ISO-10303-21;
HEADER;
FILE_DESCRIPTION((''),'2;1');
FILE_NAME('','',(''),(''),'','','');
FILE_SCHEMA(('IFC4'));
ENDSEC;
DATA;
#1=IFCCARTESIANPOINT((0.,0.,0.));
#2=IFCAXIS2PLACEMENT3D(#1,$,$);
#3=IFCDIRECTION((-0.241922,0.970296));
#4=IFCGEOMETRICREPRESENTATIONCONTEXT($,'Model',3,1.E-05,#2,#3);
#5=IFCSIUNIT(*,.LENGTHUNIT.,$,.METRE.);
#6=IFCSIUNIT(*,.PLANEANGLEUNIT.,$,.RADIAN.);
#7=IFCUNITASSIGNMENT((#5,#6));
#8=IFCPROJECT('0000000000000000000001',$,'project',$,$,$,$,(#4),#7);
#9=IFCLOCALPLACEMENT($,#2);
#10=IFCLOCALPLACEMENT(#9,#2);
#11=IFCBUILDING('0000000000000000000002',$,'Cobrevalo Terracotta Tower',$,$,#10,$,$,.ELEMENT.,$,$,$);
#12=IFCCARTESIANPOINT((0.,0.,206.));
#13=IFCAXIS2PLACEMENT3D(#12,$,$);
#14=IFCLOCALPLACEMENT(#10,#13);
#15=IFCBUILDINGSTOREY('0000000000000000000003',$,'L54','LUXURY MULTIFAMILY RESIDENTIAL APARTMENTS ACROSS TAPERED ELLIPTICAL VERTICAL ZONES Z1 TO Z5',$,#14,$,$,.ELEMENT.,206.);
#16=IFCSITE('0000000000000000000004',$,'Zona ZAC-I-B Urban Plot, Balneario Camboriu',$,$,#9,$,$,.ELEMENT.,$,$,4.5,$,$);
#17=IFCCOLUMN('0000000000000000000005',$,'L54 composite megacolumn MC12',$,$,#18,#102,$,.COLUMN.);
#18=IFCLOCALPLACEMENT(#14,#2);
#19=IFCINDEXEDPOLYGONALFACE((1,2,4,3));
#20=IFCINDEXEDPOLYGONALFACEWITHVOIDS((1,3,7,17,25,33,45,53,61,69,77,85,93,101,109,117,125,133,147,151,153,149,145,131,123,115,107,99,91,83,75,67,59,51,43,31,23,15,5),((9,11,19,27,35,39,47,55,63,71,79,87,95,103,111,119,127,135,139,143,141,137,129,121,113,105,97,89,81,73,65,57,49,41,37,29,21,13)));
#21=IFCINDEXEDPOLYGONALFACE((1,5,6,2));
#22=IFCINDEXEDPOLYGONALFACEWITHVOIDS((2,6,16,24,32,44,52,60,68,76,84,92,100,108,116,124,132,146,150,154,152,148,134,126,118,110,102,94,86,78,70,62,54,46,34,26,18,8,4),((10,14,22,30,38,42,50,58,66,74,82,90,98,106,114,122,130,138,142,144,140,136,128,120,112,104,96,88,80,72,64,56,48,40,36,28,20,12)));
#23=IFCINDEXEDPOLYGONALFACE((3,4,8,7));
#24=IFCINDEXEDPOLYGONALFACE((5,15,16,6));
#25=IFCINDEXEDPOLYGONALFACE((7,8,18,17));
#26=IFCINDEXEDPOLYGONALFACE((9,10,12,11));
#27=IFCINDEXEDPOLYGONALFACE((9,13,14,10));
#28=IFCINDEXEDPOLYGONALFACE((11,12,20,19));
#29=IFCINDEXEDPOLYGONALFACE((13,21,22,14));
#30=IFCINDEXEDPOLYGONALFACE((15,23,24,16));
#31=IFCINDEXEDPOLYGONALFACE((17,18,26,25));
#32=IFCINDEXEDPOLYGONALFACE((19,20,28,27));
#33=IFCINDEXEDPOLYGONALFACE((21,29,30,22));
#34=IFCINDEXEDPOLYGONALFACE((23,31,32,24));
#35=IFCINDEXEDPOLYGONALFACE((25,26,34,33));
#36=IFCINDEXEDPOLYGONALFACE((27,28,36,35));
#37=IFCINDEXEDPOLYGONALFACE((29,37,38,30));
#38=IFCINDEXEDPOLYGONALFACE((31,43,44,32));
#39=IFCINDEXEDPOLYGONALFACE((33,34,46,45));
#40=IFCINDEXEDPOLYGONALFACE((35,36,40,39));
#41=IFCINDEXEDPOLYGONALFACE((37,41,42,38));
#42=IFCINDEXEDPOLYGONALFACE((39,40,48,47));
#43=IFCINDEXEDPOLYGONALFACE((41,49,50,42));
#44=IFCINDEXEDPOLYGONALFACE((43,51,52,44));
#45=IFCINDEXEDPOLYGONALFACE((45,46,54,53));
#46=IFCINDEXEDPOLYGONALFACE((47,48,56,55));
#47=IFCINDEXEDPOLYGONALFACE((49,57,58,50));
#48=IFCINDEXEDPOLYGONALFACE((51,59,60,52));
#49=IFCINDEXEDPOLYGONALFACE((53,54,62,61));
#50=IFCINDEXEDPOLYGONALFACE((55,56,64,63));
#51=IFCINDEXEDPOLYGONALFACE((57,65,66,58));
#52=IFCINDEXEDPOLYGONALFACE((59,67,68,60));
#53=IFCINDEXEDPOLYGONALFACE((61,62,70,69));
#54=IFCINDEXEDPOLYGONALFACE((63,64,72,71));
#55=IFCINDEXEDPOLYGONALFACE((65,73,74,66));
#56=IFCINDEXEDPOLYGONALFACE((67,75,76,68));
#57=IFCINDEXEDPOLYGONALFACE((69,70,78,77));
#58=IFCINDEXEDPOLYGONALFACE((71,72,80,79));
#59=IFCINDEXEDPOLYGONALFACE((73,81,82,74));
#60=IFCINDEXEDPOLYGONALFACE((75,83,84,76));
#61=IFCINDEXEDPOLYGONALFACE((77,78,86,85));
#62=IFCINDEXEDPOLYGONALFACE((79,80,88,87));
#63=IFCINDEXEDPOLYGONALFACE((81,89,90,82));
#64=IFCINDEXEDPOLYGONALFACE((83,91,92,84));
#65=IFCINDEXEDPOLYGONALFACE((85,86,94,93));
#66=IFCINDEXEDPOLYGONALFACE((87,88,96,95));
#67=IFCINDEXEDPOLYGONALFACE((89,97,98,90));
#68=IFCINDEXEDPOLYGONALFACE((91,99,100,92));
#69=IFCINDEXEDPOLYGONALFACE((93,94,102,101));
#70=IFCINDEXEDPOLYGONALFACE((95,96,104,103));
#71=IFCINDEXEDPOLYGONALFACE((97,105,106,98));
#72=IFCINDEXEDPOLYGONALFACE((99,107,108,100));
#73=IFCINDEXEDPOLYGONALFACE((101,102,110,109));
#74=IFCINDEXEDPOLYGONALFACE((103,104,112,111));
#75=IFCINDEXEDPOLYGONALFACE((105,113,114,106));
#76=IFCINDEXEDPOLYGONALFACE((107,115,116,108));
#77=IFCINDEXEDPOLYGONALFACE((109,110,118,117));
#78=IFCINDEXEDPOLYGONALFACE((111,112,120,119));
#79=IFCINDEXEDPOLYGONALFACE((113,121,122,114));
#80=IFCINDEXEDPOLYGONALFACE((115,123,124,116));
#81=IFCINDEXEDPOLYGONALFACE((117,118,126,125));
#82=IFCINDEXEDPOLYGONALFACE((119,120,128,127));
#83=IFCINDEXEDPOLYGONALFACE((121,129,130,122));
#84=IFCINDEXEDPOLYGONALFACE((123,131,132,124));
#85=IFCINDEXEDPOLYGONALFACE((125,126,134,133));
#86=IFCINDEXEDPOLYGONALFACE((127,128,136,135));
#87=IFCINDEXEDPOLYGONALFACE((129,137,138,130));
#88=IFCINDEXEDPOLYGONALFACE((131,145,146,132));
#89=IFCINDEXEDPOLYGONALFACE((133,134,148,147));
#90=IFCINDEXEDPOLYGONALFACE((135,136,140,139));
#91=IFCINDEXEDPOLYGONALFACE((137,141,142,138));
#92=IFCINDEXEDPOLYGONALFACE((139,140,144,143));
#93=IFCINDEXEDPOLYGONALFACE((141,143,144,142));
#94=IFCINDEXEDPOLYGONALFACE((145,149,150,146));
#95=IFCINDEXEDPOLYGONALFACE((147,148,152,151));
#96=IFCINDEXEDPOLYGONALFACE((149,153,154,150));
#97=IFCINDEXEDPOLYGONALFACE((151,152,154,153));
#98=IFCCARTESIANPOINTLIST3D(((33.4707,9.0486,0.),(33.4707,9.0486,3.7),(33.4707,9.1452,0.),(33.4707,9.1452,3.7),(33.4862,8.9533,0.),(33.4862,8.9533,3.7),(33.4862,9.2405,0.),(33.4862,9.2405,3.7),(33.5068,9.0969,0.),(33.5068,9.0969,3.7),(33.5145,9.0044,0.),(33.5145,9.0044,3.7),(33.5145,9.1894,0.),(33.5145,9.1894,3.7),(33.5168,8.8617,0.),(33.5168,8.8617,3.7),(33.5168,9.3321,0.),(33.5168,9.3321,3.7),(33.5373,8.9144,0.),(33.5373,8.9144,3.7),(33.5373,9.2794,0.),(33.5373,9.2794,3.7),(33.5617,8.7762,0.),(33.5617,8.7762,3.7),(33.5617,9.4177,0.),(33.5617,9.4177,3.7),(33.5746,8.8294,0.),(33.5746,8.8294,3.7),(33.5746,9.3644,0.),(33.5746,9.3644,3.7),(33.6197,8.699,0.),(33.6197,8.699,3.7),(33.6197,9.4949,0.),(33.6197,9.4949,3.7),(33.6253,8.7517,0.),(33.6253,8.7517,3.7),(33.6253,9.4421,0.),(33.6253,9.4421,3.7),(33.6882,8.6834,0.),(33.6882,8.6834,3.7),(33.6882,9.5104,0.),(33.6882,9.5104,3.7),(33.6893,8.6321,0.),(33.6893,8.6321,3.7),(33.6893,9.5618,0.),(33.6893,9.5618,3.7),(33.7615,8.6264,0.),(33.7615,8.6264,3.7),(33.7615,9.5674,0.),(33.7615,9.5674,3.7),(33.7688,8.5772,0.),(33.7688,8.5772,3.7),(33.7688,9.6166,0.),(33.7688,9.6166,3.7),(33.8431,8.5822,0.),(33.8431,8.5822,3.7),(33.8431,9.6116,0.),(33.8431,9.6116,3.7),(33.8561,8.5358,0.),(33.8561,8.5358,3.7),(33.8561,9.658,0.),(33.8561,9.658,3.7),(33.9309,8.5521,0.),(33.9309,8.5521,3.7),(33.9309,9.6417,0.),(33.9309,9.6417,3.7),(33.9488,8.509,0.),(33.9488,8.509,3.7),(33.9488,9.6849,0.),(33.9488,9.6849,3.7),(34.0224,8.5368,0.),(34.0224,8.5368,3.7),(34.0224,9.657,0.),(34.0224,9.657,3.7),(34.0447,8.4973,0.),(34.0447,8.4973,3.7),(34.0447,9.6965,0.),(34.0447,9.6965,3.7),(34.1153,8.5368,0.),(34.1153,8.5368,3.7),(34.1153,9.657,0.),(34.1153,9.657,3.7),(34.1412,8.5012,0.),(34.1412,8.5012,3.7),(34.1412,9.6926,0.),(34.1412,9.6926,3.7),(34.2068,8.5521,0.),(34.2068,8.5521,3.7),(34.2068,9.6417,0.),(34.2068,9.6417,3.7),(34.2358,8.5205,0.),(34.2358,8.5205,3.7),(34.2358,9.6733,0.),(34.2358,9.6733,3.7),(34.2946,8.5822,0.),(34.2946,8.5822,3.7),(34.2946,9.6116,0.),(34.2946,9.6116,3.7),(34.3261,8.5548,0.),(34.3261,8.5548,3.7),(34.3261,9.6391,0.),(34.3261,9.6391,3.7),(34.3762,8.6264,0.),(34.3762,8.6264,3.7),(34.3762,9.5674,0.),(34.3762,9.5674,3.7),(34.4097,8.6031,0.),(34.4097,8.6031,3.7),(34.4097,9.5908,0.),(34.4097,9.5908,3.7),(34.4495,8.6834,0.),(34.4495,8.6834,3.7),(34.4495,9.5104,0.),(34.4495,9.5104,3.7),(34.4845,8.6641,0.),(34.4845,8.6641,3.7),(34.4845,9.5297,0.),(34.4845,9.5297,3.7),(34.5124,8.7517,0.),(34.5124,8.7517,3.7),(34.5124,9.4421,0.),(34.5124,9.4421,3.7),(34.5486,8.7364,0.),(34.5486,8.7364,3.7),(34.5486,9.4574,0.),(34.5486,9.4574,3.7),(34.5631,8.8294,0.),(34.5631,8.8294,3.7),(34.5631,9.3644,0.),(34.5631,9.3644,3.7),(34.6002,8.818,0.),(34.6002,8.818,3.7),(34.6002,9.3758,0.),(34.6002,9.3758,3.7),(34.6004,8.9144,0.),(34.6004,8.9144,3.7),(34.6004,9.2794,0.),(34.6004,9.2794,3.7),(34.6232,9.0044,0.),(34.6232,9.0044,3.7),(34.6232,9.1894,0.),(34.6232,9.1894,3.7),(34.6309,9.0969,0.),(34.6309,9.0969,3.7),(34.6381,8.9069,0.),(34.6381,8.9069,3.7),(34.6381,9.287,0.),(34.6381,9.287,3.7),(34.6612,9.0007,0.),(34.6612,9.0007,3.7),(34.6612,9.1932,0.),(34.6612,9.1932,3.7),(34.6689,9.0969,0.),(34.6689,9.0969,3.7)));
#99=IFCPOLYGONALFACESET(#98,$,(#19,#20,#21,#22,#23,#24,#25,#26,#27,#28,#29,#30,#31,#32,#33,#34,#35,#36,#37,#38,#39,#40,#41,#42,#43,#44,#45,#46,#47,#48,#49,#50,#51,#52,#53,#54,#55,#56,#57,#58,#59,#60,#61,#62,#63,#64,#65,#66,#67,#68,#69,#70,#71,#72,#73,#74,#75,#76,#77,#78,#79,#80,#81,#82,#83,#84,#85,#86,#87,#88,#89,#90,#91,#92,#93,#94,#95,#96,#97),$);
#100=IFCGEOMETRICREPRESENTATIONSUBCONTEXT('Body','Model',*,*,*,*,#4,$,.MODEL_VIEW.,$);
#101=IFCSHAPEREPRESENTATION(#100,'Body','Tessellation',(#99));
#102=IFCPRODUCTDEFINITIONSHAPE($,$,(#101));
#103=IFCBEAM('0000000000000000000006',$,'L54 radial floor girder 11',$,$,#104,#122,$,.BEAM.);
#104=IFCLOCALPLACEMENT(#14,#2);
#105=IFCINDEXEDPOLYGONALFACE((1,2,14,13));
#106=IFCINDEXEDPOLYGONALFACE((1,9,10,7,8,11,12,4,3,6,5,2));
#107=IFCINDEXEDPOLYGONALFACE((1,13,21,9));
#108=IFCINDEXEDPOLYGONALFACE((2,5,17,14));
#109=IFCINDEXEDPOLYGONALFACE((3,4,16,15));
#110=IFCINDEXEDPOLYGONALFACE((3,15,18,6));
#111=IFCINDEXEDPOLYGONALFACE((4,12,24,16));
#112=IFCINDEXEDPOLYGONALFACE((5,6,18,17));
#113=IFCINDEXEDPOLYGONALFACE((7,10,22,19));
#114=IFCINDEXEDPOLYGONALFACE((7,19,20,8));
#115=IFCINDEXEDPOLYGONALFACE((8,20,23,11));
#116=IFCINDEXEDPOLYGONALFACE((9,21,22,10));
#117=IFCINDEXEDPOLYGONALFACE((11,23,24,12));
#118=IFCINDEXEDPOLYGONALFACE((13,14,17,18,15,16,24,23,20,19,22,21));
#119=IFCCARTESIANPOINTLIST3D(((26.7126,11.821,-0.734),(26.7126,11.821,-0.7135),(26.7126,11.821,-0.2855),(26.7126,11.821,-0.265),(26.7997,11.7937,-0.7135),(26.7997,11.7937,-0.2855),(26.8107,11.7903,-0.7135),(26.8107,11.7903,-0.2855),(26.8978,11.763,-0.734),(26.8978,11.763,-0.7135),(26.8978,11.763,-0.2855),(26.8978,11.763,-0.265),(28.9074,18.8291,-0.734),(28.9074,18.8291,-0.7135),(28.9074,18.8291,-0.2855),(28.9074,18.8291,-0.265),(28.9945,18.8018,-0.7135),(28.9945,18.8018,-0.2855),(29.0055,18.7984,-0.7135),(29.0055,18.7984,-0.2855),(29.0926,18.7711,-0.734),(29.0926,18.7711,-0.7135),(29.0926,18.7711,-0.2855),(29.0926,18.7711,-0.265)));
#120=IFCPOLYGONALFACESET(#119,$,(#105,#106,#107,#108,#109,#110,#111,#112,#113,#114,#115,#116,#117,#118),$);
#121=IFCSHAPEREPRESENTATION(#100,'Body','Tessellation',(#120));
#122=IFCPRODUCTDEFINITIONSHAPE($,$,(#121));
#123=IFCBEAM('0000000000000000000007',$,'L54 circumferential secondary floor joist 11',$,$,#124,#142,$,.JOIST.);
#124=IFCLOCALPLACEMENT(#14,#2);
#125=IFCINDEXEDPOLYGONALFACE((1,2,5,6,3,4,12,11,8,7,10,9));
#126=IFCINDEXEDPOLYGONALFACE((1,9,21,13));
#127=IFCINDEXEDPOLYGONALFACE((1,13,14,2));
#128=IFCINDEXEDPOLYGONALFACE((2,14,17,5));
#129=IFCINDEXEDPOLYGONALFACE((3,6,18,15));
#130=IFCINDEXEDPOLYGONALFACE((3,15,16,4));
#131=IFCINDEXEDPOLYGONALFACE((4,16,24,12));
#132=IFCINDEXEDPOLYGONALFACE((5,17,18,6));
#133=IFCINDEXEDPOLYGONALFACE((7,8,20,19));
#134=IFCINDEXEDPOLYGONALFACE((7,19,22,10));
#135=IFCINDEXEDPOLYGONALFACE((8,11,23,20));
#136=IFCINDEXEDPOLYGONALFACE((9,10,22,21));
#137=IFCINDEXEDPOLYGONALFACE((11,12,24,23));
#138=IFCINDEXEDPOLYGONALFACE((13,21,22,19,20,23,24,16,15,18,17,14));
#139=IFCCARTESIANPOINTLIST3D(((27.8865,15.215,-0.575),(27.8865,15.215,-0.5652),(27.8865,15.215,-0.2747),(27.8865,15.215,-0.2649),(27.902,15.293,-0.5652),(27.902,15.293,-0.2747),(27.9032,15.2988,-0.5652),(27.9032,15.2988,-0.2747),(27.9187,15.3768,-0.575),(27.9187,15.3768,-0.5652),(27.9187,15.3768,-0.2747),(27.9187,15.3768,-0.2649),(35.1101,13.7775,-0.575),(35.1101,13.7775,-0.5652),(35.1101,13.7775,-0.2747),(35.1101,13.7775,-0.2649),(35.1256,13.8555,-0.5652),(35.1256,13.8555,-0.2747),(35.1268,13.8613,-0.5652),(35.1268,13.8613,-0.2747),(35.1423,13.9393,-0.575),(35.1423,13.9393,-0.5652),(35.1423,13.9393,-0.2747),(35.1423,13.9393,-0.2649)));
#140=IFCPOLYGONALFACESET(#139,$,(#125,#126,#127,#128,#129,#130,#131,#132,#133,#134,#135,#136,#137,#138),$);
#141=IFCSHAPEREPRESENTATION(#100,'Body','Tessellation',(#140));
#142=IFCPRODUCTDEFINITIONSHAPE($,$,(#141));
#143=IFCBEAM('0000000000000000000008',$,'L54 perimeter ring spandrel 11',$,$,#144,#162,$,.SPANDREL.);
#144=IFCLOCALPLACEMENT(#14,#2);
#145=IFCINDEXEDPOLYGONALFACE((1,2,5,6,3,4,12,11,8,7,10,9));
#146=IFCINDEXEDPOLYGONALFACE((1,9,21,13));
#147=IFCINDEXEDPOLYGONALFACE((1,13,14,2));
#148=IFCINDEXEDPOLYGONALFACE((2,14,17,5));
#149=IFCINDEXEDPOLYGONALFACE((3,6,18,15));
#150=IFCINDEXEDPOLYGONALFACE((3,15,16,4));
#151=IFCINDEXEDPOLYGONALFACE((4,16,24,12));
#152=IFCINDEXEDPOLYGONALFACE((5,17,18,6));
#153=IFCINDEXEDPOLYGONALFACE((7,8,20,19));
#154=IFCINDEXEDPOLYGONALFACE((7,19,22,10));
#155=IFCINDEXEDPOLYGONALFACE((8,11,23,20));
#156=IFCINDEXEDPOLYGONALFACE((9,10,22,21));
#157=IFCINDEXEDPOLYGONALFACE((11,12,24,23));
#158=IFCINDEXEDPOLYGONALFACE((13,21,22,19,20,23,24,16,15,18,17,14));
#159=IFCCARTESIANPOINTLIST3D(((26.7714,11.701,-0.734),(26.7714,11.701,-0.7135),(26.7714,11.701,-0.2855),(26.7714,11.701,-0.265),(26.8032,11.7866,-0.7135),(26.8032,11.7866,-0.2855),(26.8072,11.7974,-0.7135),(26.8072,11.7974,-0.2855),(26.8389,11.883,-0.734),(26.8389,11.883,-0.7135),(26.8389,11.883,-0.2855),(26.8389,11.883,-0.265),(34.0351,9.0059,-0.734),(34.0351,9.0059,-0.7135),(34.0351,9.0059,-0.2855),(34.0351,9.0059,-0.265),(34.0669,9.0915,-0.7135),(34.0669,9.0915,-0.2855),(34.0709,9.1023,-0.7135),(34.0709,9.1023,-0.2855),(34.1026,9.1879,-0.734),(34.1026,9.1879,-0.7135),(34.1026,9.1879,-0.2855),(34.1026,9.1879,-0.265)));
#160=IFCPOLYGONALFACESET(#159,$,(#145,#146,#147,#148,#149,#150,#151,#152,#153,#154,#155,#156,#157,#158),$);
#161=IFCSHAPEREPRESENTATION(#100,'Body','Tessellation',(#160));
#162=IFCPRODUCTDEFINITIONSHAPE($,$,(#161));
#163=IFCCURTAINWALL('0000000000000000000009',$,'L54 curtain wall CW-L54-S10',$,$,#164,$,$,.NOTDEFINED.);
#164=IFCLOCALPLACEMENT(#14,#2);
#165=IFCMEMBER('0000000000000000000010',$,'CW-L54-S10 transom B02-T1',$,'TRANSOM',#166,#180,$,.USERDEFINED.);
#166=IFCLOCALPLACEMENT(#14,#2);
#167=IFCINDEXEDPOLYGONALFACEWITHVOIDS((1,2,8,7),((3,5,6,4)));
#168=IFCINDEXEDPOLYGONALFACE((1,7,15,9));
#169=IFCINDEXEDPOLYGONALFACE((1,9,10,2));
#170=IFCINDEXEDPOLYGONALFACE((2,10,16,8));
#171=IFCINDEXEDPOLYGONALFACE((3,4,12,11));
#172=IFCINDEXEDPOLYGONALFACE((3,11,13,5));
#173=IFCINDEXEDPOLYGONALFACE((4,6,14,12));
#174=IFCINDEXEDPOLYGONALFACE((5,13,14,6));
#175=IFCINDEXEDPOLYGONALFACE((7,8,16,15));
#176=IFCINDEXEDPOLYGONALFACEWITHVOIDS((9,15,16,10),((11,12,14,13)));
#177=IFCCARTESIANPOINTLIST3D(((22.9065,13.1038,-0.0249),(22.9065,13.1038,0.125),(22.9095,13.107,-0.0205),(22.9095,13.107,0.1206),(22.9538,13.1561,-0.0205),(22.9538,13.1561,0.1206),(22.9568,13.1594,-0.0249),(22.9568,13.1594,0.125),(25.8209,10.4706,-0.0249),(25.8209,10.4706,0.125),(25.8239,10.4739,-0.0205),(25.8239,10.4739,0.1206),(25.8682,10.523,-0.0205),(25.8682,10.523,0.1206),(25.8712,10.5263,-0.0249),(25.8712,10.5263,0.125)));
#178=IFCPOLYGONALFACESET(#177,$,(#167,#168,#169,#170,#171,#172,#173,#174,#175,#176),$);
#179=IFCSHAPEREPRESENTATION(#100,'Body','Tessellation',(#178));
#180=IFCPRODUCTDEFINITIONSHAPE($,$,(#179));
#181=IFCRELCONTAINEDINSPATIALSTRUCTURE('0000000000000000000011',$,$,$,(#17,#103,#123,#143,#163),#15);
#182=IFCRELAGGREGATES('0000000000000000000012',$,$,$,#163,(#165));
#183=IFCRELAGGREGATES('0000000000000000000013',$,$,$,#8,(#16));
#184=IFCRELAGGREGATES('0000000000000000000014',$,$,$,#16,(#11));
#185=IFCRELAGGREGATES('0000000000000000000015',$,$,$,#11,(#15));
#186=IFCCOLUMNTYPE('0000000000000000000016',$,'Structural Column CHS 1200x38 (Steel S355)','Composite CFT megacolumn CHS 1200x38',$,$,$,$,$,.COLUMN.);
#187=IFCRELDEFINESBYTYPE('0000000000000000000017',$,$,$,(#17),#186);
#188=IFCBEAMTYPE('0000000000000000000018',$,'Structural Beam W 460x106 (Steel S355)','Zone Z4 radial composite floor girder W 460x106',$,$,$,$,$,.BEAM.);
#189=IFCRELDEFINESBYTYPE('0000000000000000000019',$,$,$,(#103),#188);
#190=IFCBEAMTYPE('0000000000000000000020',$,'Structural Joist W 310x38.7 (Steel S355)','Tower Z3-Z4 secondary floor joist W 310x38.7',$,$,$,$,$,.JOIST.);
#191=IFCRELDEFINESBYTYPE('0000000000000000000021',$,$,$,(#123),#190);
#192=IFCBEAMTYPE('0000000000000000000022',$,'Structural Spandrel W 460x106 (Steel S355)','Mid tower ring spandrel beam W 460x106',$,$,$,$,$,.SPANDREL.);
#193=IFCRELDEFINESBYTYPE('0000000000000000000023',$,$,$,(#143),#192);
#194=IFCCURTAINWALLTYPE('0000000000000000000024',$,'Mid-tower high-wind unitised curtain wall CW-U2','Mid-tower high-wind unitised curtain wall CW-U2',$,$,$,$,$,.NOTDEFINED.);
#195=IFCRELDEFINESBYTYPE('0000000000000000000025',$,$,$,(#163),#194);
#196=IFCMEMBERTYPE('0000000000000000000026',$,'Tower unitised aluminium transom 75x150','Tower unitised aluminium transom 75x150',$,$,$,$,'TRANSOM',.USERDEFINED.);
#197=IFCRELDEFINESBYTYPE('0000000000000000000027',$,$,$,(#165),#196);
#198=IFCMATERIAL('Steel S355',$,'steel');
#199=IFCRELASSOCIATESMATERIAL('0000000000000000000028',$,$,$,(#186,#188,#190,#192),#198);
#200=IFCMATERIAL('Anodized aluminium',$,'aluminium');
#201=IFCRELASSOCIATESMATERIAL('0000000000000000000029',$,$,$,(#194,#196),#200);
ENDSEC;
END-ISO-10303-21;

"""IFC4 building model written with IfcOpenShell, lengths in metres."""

from ifc_helpers import new_model, si_unit, direction, frame, origin, origin_2d, place, context, subcontext, project, spatial, hollow_rectangle, hollow_circle, i_section, extrude, source, transform, mapped, material, material_profile, profile_set, type_object, element, aggregate, save


model = new_model("IFC4")

# Units and contexts
model_context = context("Model", 3, precision=1e-05, world=origin(), true_north=direction((-0.241922, 0.970296)))
body_context = subcontext(model_context, "Body", "Model", "MODEL_VIEW")
ifc_project = project(units=[si_unit("LENGTHUNIT", "METRE"), si_unit("PLANEANGLEUNIT", "RADIAN")], contexts=[model_context])

# Site, building, storey
site_placement = place(None, origin())
site = spatial("IfcSite", under=ifc_project, at=site_placement, Name="Zona ZAC-I-B Urban Plot, Balneario Camboriu", CompositionType="ELEMENT", RefElevation=4.5)
building_placement = place(site_placement, origin())
building = spatial("IfcBuilding", under=site, at=building_placement, Name="Cobrevalo Terracotta Tower", CompositionType="ELEMENT")
storey_placement = place(building_placement, frame((0.0, 0.0, 206.0)))
storey = spatial("IfcBuildingStorey", under=building, at=storey_placement, Name="L54", Description="LUXURY MULTIFAMILY RESIDENTIAL APARTMENTS ACROSS TAPERED ELLIPTICAL VERTICAL ZONES Z1 TO Z5", CompositionType="ELEMENT", Elevation=206.0)

# Column
ifc_material_1 = material(Name="Steel S355", Category="steel")
ifc_material_profile_1 = material_profile(ifc_material_1, hollow_circle(Radius=0.6001, WallThickness=0.0381, at=origin_2d()), Name="CHS 1200x38")
ifc_profile_set_1 = profile_set([ifc_material_profile_1], Name="Steel S355")
column_type = type_object("IfcColumnType", Name="Structural Column CHS 1200x38 (Steel S355)", Description="Composite CFT megacolumn CHS 1200x38", PredefinedType="COLUMN", material=ifc_profile_set_1)
for number, where, z_axis, x_axis, name in (
    (1, (34.0688, 9.0969, 0.0), (0.0, 0.0, 1.0), (1.0, 0.0, 0.0), "L54 composite megacolumn MC12"),
):
    element("IfcColumn", number, at=place(storey_placement, frame(where, z_axis=z_axis, x_axis=x_axis)), inside=storey, type_object=column_type, Name=name, PredefinedType="COLUMN", context=body_context, shape_type="SweptSolid", body=[
        extrude(hollow_circle(Radius=0.6001, WallThickness=0.0381, at=origin_2d()), origin(), (0.0, 0.0, 1.0), 3.7),
    ])

# Beams
ifc_material_profile_2 = material_profile(ifc_material_1, i_section(OverallWidth=0.1941, OverallDepth=0.469, WebThickness=0.0115, FlangeThickness=0.0205, at=origin_2d()), Name="W 460x106")
ifc_profile_set_2 = profile_set([ifc_material_profile_2], Name="Steel S355")
beam_type_1 = type_object("IfcBeamType", Name="Structural Beam W 460x106 (Steel S355)", Description="Zone Z4 radial composite floor girder W 460x106", PredefinedType="BEAM", material=ifc_profile_set_2)
beam_1_placement = place(storey_placement, frame((26.8052, 11.792, -0.4995), z_axis=(0.298871, 0.954293, 0.0), x_axis=(-0.954293, 0.298871, 0.0)))
element("IfcBeam", 2, at=beam_1_placement, inside=storey, type_object=beam_type_1, Name="L54 radial floor girder 11", PredefinedType="BEAM", context=body_context, shape_type="SweptSolid", body=[
    extrude(i_section(OverallWidth=0.1941, OverallDepth=0.469, WebThickness=0.0115, FlangeThickness=0.0205, at=origin_2d()), origin(), (0.0, 0.0, 1.0), 7.3438),
])
ifc_material_profile_3 = material_profile(ifc_material_1, i_section(OverallWidth=0.165, OverallDepth=0.3101, WebThickness=0.0059, FlangeThickness=0.0098, at=origin_2d()), Name="W 310x38.7")
ifc_profile_set_3 = profile_set([ifc_material_profile_3], Name="Steel S355")
beam_type_2 = type_object("IfcBeamType", Name="Structural Joist W 310x38.7 (Steel S355)", Description="Tower Z3-Z4 secondary floor joist W 310x38.7", PredefinedType="JOIST", material=ifc_profile_set_3)
beam_2_placement = place(storey_placement, frame((27.9026, 15.2959, -0.4199), z_axis=(0.980769, -0.195173, 0.0), x_axis=(0.195173, 0.980769, 0.0)))
element("IfcBeam", 3, at=beam_2_placement, inside=storey, type_object=beam_type_2, Name="L54 circumferential secondary floor joist 11", PredefinedType="JOIST", context=body_context, shape_type="SweptSolid", body=[
    extrude(i_section(OverallWidth=0.165, OverallDepth=0.3101, WebThickness=0.0059, FlangeThickness=0.0098, at=origin_2d()), origin(), (0.0, 0.0, 1.0), 7.3652),
])
ifc_material_profile_4 = material_profile(ifc_material_1, i_section(OverallWidth=0.1941, OverallDepth=0.469, WebThickness=0.0115, FlangeThickness=0.0205, at=origin_2d()), Name="W 460x106")
ifc_profile_set_4 = profile_set([ifc_material_profile_4], Name="Steel S355")
beam_type_3 = type_object("IfcBeamType", Name="Structural Spandrel W 460x106 (Steel S355)", Description="Mid tower ring spandrel beam W 460x106", PredefinedType="SPANDREL", material=ifc_profile_set_4)
beam_3_placement = place(storey_placement, frame((26.8052, 11.792, -0.4995), z_axis=(0.937546, -0.347861, 0.0), x_axis=(0.347861, 0.937546, 0.0)))
element("IfcBeam", 4, at=beam_3_placement, inside=storey, type_object=beam_type_3, Name="L54 perimeter ring spandrel 11", PredefinedType="SPANDREL", context=body_context, shape_type="SweptSolid", body=[
    extrude(i_section(OverallWidth=0.1941, OverallDepth=0.469, WebThickness=0.0115, FlangeThickness=0.0205, at=origin_2d()), origin(), (0.0, 0.0, 1.0), 7.7476),
])

# Curtain wall, member
ifc_material_2 = material(Name="Anodized aluminium", Category="aluminium")
curtain_wall_type = type_object("IfcCurtainWallType", Name="Mid-tower high-wind unitised curtain wall CW-U2", Description="Mid-tower high-wind unitised curtain wall CW-U2", PredefinedType="NOTDEFINED", material=ifc_material_2)
curtain_wall_placement = place(storey_placement, origin())
curtain_wall = element("IfcCurtainWall", 5, at=curtain_wall_placement, inside=storey, type_object=curtain_wall_type, Name="L54 curtain wall CW-L54-S10", PredefinedType="NOTDEFINED")
ifc_material_profile_5 = material_profile(ifc_material_2, hollow_rectangle(XDim=0.075, YDim=0.1499, WallThickness=0.0044, at=origin_2d()), Name="CWT 75x150")
ifc_profile_set_5 = profile_set([ifc_material_profile_5], Name="Anodized aluminium")
member_type_1 = type_object("IfcMemberType", Name="Tower unitised aluminium transom 75x150", Description="Tower unitised aluminium transom 75x150", ElementType="TRANSOM", PredefinedType="USERDEFINED", material=ifc_profile_set_5)
shared_shape_1 = source(origin(), body_context, "Body", "SweptSolid", [
    extrude(hollow_rectangle(XDim=0.075, YDim=0.1499, WallThickness=0.0044, at=origin_2d()), origin(), (0.0, 0.0, 1.0), 3.9277),
])
member_1_placement = place(storey_placement, frame((22.9316, 13.1316, 0.05), z_axis=(0.742004, -0.670396, 0.0), x_axis=(0.670396, 0.742004, 0.0)))
member_1 = element("IfcMember", 6, at=member_1_placement, type_object=member_type_1, Name="CW-L54-S10 transom B02-T1", ObjectType="TRANSOM", PredefinedType="USERDEFINED", context=body_context, shape_type="MappedRepresentation", body=[
    mapped(shared_shape_1, transform((0.0, 0.0, 0.0), scale=1.0)),
])
aggregate(curtain_wall, [member_1])

save(model, "model.ifc")
